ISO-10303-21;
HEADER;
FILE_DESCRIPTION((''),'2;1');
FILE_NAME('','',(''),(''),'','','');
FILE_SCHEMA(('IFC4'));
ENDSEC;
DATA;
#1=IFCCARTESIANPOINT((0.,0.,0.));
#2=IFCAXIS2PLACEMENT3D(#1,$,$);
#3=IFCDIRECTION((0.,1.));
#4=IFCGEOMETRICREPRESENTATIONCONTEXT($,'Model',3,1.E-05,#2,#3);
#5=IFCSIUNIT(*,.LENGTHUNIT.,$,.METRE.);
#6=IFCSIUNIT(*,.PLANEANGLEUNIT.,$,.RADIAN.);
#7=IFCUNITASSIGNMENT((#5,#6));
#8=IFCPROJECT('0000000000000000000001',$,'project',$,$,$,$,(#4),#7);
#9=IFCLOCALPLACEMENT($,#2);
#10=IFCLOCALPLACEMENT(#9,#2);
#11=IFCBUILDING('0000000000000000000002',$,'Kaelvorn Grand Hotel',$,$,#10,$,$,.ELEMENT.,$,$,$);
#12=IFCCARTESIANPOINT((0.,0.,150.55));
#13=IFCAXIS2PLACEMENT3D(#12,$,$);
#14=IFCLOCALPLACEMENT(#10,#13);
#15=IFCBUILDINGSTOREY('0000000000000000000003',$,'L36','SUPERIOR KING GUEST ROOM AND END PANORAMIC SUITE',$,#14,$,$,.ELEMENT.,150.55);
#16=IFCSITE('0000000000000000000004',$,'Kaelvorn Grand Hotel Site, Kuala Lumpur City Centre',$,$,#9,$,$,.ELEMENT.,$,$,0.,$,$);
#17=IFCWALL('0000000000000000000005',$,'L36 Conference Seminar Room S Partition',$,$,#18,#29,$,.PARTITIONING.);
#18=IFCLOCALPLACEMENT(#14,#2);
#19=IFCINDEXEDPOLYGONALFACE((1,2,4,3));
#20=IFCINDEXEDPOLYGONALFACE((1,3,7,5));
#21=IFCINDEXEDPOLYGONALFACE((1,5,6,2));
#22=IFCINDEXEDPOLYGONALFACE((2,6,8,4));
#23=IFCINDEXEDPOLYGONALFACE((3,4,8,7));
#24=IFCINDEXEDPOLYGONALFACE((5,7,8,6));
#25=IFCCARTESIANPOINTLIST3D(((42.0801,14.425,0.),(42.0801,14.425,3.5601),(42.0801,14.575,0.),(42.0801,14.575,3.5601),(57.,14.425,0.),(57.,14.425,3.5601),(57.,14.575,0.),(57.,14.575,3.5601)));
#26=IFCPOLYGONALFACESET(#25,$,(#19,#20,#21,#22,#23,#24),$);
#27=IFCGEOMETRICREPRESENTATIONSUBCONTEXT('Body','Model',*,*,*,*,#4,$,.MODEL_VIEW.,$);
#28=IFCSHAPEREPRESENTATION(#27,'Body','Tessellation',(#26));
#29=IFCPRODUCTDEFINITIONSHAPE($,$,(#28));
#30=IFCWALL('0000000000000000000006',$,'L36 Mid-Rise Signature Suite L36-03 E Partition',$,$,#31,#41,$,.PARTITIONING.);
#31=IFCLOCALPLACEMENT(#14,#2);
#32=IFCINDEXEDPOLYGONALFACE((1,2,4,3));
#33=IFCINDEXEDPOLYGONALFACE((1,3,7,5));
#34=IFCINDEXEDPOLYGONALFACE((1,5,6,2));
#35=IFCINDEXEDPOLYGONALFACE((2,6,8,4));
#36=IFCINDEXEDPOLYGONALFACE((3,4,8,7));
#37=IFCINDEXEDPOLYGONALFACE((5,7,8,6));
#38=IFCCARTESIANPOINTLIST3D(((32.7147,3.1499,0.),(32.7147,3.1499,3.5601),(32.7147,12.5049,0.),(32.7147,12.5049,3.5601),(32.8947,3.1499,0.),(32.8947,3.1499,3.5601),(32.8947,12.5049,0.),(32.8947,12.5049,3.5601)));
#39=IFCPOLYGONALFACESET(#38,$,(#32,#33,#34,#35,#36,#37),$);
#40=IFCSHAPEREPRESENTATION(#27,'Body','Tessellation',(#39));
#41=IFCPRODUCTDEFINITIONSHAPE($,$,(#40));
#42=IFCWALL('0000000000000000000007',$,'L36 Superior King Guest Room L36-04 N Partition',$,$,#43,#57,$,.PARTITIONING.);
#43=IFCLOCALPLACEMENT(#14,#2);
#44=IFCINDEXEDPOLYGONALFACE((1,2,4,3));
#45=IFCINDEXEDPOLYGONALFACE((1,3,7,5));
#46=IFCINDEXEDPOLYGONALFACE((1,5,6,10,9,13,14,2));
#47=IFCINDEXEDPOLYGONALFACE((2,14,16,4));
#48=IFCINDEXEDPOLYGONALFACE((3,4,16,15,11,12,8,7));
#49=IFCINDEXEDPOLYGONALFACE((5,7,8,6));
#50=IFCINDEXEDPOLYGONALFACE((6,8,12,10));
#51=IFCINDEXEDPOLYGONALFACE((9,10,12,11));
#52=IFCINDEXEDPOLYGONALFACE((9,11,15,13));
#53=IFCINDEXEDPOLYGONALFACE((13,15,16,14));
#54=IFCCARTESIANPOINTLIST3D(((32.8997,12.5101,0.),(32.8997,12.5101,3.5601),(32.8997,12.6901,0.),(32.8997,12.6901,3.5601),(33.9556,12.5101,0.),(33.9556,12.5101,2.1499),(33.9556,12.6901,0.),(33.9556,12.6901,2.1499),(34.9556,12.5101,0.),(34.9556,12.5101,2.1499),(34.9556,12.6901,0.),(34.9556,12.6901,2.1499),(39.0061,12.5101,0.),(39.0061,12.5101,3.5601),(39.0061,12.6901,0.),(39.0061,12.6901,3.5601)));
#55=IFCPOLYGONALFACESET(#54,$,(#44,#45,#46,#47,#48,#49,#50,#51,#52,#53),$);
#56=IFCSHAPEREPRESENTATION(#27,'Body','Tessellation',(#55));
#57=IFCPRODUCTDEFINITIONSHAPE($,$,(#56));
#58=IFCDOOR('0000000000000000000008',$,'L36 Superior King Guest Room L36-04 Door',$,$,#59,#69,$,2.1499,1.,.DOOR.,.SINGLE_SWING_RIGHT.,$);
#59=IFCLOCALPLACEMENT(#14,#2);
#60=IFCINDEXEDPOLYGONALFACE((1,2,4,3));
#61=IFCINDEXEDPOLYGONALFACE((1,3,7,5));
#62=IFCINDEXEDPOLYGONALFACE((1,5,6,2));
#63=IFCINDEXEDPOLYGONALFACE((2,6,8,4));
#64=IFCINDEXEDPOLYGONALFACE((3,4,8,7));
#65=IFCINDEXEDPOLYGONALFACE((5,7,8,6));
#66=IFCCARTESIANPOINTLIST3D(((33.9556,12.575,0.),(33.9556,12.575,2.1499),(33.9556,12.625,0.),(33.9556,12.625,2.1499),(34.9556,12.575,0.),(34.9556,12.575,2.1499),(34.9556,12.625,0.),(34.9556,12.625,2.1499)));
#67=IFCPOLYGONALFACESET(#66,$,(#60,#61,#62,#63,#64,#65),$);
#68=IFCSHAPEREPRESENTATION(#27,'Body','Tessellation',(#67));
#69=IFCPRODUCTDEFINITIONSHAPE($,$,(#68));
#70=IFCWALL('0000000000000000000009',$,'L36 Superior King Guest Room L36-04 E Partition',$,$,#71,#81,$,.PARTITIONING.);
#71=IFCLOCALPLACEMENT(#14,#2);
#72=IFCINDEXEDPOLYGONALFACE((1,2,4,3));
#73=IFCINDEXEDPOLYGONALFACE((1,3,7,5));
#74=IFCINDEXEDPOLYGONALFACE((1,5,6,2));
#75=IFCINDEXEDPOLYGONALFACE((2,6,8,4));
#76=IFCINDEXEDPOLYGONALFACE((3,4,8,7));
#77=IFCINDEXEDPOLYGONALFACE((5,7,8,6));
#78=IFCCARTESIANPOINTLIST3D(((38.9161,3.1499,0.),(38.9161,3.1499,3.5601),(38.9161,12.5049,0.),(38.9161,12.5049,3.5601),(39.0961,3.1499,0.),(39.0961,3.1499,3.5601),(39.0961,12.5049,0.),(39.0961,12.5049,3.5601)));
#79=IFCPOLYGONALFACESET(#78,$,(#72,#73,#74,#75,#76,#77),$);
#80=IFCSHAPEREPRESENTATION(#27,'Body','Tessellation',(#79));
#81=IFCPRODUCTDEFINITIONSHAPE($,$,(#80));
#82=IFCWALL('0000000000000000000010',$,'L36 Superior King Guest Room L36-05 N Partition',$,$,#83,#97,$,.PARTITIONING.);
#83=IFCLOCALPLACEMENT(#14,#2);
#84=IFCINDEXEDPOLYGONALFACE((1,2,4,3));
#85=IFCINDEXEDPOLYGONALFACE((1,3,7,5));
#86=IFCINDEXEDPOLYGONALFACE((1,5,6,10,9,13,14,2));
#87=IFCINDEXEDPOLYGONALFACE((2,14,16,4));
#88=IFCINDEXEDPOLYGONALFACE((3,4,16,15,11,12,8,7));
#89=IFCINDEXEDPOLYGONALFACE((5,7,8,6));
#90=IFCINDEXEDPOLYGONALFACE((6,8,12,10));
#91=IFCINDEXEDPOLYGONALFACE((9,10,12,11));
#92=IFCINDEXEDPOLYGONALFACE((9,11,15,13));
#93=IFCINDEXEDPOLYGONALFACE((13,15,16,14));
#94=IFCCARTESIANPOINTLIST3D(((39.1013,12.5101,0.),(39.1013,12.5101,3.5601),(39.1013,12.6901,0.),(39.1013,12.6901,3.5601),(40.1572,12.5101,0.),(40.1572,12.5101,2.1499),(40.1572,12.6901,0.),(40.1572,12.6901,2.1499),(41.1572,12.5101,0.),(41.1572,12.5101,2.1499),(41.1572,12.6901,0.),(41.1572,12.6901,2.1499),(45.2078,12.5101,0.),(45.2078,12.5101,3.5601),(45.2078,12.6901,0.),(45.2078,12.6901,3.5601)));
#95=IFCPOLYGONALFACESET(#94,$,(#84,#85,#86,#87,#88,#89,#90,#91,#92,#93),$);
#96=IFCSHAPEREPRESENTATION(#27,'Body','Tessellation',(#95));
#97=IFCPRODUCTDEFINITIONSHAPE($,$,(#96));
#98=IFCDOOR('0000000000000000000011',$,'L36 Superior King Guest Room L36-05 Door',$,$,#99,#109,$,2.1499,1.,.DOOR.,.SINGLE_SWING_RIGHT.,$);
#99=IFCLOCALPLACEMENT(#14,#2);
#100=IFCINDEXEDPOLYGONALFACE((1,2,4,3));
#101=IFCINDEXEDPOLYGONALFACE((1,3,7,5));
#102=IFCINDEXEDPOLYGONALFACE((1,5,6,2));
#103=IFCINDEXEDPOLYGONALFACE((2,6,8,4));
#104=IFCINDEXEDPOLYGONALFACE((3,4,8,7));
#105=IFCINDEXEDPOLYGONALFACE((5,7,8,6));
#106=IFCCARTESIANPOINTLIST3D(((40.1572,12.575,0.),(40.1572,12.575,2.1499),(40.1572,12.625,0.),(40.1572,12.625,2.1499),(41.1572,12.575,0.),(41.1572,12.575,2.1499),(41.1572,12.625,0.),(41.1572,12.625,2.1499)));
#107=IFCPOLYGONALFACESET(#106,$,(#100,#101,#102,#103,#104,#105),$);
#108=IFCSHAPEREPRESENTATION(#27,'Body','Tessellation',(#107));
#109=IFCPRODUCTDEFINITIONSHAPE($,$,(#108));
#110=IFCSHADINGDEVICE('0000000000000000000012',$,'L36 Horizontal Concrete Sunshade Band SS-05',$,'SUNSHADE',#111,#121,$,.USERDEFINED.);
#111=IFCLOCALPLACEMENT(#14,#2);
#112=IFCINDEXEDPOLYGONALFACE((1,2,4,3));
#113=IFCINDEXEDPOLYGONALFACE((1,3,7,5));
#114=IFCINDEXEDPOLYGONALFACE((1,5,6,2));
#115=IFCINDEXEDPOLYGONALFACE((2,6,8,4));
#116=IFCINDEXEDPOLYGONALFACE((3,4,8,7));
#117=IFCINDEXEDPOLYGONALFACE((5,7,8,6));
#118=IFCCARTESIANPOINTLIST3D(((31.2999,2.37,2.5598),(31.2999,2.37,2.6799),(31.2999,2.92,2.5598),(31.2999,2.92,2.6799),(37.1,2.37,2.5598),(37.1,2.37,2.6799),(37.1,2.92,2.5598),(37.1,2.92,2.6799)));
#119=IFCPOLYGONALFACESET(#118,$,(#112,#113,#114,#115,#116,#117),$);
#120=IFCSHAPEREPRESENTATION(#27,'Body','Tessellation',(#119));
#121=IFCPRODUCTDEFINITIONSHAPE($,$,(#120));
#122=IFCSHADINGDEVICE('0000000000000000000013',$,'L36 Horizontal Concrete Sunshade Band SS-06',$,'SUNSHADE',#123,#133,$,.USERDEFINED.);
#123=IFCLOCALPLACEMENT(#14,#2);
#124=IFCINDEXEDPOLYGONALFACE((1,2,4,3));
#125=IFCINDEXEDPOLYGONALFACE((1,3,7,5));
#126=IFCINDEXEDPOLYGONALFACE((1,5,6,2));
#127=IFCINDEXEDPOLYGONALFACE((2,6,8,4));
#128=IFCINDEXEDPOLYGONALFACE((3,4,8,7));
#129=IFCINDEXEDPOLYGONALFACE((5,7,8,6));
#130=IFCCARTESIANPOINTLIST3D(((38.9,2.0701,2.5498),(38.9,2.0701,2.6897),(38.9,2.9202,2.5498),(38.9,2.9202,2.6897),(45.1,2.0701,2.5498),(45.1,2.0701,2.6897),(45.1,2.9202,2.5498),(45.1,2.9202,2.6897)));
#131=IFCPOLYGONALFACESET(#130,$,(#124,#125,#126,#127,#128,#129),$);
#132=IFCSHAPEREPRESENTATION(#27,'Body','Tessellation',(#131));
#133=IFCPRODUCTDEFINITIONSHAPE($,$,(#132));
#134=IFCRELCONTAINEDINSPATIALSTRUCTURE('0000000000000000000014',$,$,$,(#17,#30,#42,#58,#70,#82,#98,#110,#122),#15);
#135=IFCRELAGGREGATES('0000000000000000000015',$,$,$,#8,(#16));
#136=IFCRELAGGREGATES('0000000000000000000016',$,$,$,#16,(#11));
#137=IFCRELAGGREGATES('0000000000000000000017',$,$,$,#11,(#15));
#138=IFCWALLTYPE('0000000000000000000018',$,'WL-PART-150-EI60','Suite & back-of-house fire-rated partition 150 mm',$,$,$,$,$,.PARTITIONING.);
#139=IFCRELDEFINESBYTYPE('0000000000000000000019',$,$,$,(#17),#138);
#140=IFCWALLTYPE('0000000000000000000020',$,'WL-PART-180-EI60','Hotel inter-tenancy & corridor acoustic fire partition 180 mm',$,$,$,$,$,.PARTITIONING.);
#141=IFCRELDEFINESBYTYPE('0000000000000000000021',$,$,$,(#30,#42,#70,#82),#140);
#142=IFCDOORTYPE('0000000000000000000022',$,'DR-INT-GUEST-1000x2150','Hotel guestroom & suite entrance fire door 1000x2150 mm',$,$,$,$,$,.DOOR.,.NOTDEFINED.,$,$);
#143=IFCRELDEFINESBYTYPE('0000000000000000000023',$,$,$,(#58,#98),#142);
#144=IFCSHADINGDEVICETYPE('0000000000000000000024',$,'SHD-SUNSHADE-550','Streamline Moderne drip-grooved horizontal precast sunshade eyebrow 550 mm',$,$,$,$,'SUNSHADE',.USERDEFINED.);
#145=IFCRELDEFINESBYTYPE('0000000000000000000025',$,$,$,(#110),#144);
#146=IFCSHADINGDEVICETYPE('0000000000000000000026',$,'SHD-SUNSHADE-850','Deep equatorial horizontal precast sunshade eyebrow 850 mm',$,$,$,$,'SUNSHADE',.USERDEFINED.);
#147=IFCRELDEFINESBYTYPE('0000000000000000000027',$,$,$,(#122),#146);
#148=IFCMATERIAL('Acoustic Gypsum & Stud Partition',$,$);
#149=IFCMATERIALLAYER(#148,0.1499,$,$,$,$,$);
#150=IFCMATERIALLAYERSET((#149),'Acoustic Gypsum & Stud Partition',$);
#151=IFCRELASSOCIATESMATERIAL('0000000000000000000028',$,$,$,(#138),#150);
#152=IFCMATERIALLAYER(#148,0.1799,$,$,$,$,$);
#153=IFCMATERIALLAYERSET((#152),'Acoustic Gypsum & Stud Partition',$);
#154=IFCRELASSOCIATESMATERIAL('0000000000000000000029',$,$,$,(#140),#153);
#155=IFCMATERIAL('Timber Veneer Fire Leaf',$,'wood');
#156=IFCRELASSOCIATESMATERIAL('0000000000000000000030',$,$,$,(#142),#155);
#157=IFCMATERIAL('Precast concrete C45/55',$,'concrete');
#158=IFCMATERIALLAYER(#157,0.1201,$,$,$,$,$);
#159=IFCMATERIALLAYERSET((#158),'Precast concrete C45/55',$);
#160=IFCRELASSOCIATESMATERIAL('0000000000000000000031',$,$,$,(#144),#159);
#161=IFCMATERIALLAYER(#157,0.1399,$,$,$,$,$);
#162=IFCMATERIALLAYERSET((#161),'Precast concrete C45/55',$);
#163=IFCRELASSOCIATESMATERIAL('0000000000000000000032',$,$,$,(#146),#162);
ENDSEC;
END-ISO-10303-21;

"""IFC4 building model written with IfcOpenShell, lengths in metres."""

from ifc_helpers import new_model, si_unit, direction, frame, frame_2d, origin, origin_2d, place, context, subcontext, project, spatial, rectangle, extrude, material, layer, layer_set, type_object, element, fill, save


model = new_model("IFC4")

# Units and contexts
model_context = context("Model", 3, precision=1e-05, world=origin(), true_north=direction((0.0, 1.0)))
body_context = subcontext(model_context, "Body", "Model", "MODEL_VIEW")
ifc_project = project(units=[si_unit("LENGTHUNIT", "METRE"), si_unit("PLANEANGLEUNIT", "RADIAN")], contexts=[model_context])

# Site, building, storey
site_placement = place(None, origin())
site = spatial("IfcSite", under=ifc_project, at=site_placement, Name="Kaelvorn Grand Hotel Site, Kuala Lumpur City Centre", CompositionType="ELEMENT", RefElevation=0.0)
building_placement = place(site_placement, origin())
building = spatial("IfcBuilding", under=site, at=building_placement, Name="Kaelvorn Grand Hotel", CompositionType="ELEMENT")
storey_placement = place(building_placement, frame((0.0, 0.0, 150.55)))
storey = spatial("IfcBuildingStorey", under=building, at=storey_placement, Name="L36", Description="SUPERIOR KING GUEST ROOM AND END PANORAMIC SUITE", CompositionType="ELEMENT", Elevation=150.55)

# Walls
ifc_material_1 = material(Name="Acoustic Gypsum & Stud Partition")
ifc_layer_1 = layer(ifc_material_1, 0.1499)
ifc_layer_set_1 = layer_set([ifc_layer_1], Name="Acoustic Gypsum & Stud Partition")
wall_type_1 = type_object("IfcWallType", Name="WL-PART-150-EI60", Description="Suite & back-of-house fire-rated partition 150 mm", PredefinedType="PARTITIONING", material=ifc_layer_set_1)
wall_1_placement = place(storey_placement, frame((42.0801, 14.5, 0.0), z_axis=(0.0, 0.0, 1.0), x_axis=(1.0, 0.0, 0.0)))
element("IfcWall", 1, at=wall_1_placement, inside=storey, type_object=wall_type_1, Name="L36 Conference Seminar Room S Partition", PredefinedType="PARTITIONING", context=body_context, shape_type="SweptSolid", body=[
    extrude(rectangle(XDim=14.9199, YDim=0.1499, at=frame_2d((7.46, 0.0))), origin(), (0.0, 0.0, 1.0), 3.5601),
])
ifc_layer_2 = layer(ifc_material_1, 0.1799)
ifc_layer_set_2 = layer_set([ifc_layer_2], Name="Acoustic Gypsum & Stud Partition")
wall_type_2 = type_object("IfcWallType", Name="WL-PART-180-EI60", Description="Hotel inter-tenancy & corridor acoustic fire partition 180 mm", PredefinedType="PARTITIONING", material=ifc_layer_set_2)
wall_2_placement = place(storey_placement, frame((32.8047, 3.1499, 0.0), z_axis=(0.0, 0.0, 1.0), x_axis=(0.0, 1.0, 0.0)))
element("IfcWall", 2, at=wall_2_placement, inside=storey, type_object=wall_type_2, Name="L36 Mid-Rise Signature Suite L36-03 E Partition", PredefinedType="PARTITIONING", context=body_context, shape_type="SweptSolid", body=[
    extrude(rectangle(XDim=9.355, YDim=0.1799, at=frame_2d((4.6775, 0.0))), origin(), (0.0, 0.0, 1.0), 3.5601),
])

# Wall, opening, door
wall_3_placement = place(storey_placement, frame((32.8997, 12.6001, 0.0), z_axis=(0.0, 0.0, 1.0), x_axis=(1.0, 0.0, 0.0)))
wall_3 = element("IfcWall", 3, at=wall_3_placement, inside=storey, type_object=wall_type_2, Name="L36 Superior King Guest Room L36-04 N Partition", PredefinedType="PARTITIONING", context=body_context, shape_type="SweptSolid", body=[
    extrude(rectangle(XDim=6.1064, YDim=0.1799, at=frame_2d((3.0532, 0.0))), origin(), (0.0, 0.0, 1.0), 3.5601),
])
opening_1_placement = place(wall_3_placement, frame((1.0559, 0.0, 0.0)))
opening_1 = element("IfcOpeningElement", 4, at=opening_1_placement, cuts=wall_3, PredefinedType="OPENING", context=body_context, shape_type="SweptSolid", body=[
    extrude(rectangle(XDim=1.0, YDim=2.1499, at=frame_2d((0.5, 1.075))), frame((0.0, 0.1001, 0.0), z_axis=(0.0, -1.0, 0.0), x_axis=(1.0, 0.0, 0.0)), (0.0, 0.0, 1.0), 0.2),
])
ifc_material_2 = material(Name="Timber Veneer Fire Leaf", Category="wood")
door_type_1 = type_object("IfcDoorType", Name="DR-INT-GUEST-1000x2150", Description="Hotel guestroom & suite entrance fire door 1000x2150 mm", OperationType="NOTDEFINED", PredefinedType="DOOR", material=ifc_material_2)
door_1_placement = place(opening_1_placement, origin())
door_1 = element("IfcDoor", 5, at=door_1_placement, inside=storey, type_object=door_type_1, Name="L36 Superior King Guest Room L36-04 Door", OperationType="SINGLE_SWING_RIGHT", OverallHeight=2.1499, OverallWidth=1.0, PredefinedType="DOOR", context=body_context, shape_type="SweptSolid", body=[
    extrude(rectangle(XDim=1.0, YDim=2.1499, at=frame_2d((0.5, 1.075))), frame((0.0, 0.0249, 0.0), z_axis=(0.0, -1.0, 0.0), x_axis=(1.0, 0.0, 0.0)), (0.0, 0.0, 1.0), 0.05),
])
fill(opening_1, door_1)

# Wall
wall_4_placement = place(storey_placement, frame((39.0061, 3.1499, 0.0), z_axis=(0.0, 0.0, 1.0), x_axis=(0.0, 1.0, 0.0)))
element("IfcWall", 6, at=wall_4_placement, inside=storey, type_object=wall_type_2, Name="L36 Superior King Guest Room L36-04 E Partition", PredefinedType="PARTITIONING", context=body_context, shape_type="SweptSolid", body=[
    extrude(rectangle(XDim=9.355, YDim=0.1799, at=frame_2d((4.6775, 0.0))), origin(), (0.0, 0.0, 1.0), 3.5601),
])

# Wall, opening, door
wall_5_placement = place(storey_placement, frame((39.1013, 12.6001, 0.0), z_axis=(0.0, 0.0, 1.0), x_axis=(1.0, 0.0, 0.0)))
wall_5 = element("IfcWall", 7, at=wall_5_placement, inside=storey, type_object=wall_type_2, Name="L36 Superior King Guest Room L36-05 N Partition", PredefinedType="PARTITIONING", context=body_context, shape_type="SweptSolid", body=[
    extrude(rectangle(XDim=6.1064, YDim=0.1799, at=frame_2d((3.0532, 0.0))), origin(), (0.0, 0.0, 1.0), 3.5601),
])
opening_2_placement = place(wall_5_placement, frame((1.0559, 0.0, 0.0)))
opening_2 = element("IfcOpeningElement", 8, at=opening_2_placement, cuts=wall_5, PredefinedType="OPENING", context=body_context, shape_type="SweptSolid", body=[
    extrude(rectangle(XDim=1.0, YDim=2.1499, at=frame_2d((0.5, 1.075))), frame((0.0, 0.1001, 0.0), z_axis=(0.0, -1.0, 0.0), x_axis=(1.0, 0.0, 0.0)), (0.0, 0.0, 1.0), 0.2),
])
door_2_placement = place(opening_2_placement, origin())
door_2 = element("IfcDoor", 9, at=door_2_placement, inside=storey, type_object=door_type_1, Name="L36 Superior King Guest Room L36-05 Door", OperationType="SINGLE_SWING_RIGHT", OverallHeight=2.1499, OverallWidth=1.0, PredefinedType="DOOR", context=body_context, shape_type="SweptSolid", body=[
    extrude(rectangle(XDim=1.0, YDim=2.1499, at=frame_2d((0.5, 1.075))), frame((0.0, 0.0249, 0.0), z_axis=(0.0, -1.0, 0.0), x_axis=(1.0, 0.0, 0.0)), (0.0, 0.0, 1.0), 0.05),
])
fill(opening_2, door_2)

# Shading devices
ifc_material_3 = material(Name="Precast concrete C45/55", Category="concrete")
ifc_layer_3 = layer(ifc_material_3, 0.1201)
ifc_layer_set_3 = layer_set([ifc_layer_3], Name="Precast concrete C45/55")
shading_device_type_1 = type_object("IfcShadingDeviceType", Name="SHD-SUNSHADE-550", Description="Streamline Moderne drip-grooved horizontal precast sunshade eyebrow 550 mm", ElementType="SUNSHADE", PredefinedType="USERDEFINED", material=ifc_layer_set_3)
shading_device_1_placement = place(storey_placement, frame((34.2, 2.645, 2.5598), z_axis=(0.0, 0.0, 1.0), x_axis=(1.0, 0.0, 0.0)))
element("IfcShadingDevice", 10, at=shading_device_1_placement, inside=storey, type_object=shading_device_type_1, Name="L36 Horizontal Concrete Sunshade Band SS-05", ObjectType="SUNSHADE", PredefinedType="USERDEFINED", context=body_context, shape_type="SweptSolid", body=[
    extrude(rectangle(XDim=5.8, YDim=0.55, at=origin_2d()), origin(), (0.0, 0.0, 1.0), 0.1201),
])
ifc_layer_4 = layer(ifc_material_3, 0.1399)
ifc_layer_set_4 = layer_set([ifc_layer_4], Name="Precast concrete C45/55")
shading_device_type_2 = type_object("IfcShadingDeviceType", Name="SHD-SUNSHADE-850", Description="Deep equatorial horizontal precast sunshade eyebrow 850 mm", ElementType="SUNSHADE", PredefinedType="USERDEFINED", material=ifc_layer_set_4)
shading_device_2_placement = place(storey_placement, frame((42.0, 2.4951, 2.5498), z_axis=(0.0, 0.0, 1.0), x_axis=(1.0, 0.0, 0.0)))
element("IfcShadingDevice", 11, at=shading_device_2_placement, inside=storey, type_object=shading_device_type_2, Name="L36 Horizontal Concrete Sunshade Band SS-06", ObjectType="SUNSHADE", PredefinedType="USERDEFINED", context=body_context, shape_type="SweptSolid", body=[
    extrude(rectangle(XDim=6.2, YDim=0.8501, at=origin_2d()), origin(), (0.0, 0.0, 1.0), 0.1399),
])

save(model, "model.ifc")
